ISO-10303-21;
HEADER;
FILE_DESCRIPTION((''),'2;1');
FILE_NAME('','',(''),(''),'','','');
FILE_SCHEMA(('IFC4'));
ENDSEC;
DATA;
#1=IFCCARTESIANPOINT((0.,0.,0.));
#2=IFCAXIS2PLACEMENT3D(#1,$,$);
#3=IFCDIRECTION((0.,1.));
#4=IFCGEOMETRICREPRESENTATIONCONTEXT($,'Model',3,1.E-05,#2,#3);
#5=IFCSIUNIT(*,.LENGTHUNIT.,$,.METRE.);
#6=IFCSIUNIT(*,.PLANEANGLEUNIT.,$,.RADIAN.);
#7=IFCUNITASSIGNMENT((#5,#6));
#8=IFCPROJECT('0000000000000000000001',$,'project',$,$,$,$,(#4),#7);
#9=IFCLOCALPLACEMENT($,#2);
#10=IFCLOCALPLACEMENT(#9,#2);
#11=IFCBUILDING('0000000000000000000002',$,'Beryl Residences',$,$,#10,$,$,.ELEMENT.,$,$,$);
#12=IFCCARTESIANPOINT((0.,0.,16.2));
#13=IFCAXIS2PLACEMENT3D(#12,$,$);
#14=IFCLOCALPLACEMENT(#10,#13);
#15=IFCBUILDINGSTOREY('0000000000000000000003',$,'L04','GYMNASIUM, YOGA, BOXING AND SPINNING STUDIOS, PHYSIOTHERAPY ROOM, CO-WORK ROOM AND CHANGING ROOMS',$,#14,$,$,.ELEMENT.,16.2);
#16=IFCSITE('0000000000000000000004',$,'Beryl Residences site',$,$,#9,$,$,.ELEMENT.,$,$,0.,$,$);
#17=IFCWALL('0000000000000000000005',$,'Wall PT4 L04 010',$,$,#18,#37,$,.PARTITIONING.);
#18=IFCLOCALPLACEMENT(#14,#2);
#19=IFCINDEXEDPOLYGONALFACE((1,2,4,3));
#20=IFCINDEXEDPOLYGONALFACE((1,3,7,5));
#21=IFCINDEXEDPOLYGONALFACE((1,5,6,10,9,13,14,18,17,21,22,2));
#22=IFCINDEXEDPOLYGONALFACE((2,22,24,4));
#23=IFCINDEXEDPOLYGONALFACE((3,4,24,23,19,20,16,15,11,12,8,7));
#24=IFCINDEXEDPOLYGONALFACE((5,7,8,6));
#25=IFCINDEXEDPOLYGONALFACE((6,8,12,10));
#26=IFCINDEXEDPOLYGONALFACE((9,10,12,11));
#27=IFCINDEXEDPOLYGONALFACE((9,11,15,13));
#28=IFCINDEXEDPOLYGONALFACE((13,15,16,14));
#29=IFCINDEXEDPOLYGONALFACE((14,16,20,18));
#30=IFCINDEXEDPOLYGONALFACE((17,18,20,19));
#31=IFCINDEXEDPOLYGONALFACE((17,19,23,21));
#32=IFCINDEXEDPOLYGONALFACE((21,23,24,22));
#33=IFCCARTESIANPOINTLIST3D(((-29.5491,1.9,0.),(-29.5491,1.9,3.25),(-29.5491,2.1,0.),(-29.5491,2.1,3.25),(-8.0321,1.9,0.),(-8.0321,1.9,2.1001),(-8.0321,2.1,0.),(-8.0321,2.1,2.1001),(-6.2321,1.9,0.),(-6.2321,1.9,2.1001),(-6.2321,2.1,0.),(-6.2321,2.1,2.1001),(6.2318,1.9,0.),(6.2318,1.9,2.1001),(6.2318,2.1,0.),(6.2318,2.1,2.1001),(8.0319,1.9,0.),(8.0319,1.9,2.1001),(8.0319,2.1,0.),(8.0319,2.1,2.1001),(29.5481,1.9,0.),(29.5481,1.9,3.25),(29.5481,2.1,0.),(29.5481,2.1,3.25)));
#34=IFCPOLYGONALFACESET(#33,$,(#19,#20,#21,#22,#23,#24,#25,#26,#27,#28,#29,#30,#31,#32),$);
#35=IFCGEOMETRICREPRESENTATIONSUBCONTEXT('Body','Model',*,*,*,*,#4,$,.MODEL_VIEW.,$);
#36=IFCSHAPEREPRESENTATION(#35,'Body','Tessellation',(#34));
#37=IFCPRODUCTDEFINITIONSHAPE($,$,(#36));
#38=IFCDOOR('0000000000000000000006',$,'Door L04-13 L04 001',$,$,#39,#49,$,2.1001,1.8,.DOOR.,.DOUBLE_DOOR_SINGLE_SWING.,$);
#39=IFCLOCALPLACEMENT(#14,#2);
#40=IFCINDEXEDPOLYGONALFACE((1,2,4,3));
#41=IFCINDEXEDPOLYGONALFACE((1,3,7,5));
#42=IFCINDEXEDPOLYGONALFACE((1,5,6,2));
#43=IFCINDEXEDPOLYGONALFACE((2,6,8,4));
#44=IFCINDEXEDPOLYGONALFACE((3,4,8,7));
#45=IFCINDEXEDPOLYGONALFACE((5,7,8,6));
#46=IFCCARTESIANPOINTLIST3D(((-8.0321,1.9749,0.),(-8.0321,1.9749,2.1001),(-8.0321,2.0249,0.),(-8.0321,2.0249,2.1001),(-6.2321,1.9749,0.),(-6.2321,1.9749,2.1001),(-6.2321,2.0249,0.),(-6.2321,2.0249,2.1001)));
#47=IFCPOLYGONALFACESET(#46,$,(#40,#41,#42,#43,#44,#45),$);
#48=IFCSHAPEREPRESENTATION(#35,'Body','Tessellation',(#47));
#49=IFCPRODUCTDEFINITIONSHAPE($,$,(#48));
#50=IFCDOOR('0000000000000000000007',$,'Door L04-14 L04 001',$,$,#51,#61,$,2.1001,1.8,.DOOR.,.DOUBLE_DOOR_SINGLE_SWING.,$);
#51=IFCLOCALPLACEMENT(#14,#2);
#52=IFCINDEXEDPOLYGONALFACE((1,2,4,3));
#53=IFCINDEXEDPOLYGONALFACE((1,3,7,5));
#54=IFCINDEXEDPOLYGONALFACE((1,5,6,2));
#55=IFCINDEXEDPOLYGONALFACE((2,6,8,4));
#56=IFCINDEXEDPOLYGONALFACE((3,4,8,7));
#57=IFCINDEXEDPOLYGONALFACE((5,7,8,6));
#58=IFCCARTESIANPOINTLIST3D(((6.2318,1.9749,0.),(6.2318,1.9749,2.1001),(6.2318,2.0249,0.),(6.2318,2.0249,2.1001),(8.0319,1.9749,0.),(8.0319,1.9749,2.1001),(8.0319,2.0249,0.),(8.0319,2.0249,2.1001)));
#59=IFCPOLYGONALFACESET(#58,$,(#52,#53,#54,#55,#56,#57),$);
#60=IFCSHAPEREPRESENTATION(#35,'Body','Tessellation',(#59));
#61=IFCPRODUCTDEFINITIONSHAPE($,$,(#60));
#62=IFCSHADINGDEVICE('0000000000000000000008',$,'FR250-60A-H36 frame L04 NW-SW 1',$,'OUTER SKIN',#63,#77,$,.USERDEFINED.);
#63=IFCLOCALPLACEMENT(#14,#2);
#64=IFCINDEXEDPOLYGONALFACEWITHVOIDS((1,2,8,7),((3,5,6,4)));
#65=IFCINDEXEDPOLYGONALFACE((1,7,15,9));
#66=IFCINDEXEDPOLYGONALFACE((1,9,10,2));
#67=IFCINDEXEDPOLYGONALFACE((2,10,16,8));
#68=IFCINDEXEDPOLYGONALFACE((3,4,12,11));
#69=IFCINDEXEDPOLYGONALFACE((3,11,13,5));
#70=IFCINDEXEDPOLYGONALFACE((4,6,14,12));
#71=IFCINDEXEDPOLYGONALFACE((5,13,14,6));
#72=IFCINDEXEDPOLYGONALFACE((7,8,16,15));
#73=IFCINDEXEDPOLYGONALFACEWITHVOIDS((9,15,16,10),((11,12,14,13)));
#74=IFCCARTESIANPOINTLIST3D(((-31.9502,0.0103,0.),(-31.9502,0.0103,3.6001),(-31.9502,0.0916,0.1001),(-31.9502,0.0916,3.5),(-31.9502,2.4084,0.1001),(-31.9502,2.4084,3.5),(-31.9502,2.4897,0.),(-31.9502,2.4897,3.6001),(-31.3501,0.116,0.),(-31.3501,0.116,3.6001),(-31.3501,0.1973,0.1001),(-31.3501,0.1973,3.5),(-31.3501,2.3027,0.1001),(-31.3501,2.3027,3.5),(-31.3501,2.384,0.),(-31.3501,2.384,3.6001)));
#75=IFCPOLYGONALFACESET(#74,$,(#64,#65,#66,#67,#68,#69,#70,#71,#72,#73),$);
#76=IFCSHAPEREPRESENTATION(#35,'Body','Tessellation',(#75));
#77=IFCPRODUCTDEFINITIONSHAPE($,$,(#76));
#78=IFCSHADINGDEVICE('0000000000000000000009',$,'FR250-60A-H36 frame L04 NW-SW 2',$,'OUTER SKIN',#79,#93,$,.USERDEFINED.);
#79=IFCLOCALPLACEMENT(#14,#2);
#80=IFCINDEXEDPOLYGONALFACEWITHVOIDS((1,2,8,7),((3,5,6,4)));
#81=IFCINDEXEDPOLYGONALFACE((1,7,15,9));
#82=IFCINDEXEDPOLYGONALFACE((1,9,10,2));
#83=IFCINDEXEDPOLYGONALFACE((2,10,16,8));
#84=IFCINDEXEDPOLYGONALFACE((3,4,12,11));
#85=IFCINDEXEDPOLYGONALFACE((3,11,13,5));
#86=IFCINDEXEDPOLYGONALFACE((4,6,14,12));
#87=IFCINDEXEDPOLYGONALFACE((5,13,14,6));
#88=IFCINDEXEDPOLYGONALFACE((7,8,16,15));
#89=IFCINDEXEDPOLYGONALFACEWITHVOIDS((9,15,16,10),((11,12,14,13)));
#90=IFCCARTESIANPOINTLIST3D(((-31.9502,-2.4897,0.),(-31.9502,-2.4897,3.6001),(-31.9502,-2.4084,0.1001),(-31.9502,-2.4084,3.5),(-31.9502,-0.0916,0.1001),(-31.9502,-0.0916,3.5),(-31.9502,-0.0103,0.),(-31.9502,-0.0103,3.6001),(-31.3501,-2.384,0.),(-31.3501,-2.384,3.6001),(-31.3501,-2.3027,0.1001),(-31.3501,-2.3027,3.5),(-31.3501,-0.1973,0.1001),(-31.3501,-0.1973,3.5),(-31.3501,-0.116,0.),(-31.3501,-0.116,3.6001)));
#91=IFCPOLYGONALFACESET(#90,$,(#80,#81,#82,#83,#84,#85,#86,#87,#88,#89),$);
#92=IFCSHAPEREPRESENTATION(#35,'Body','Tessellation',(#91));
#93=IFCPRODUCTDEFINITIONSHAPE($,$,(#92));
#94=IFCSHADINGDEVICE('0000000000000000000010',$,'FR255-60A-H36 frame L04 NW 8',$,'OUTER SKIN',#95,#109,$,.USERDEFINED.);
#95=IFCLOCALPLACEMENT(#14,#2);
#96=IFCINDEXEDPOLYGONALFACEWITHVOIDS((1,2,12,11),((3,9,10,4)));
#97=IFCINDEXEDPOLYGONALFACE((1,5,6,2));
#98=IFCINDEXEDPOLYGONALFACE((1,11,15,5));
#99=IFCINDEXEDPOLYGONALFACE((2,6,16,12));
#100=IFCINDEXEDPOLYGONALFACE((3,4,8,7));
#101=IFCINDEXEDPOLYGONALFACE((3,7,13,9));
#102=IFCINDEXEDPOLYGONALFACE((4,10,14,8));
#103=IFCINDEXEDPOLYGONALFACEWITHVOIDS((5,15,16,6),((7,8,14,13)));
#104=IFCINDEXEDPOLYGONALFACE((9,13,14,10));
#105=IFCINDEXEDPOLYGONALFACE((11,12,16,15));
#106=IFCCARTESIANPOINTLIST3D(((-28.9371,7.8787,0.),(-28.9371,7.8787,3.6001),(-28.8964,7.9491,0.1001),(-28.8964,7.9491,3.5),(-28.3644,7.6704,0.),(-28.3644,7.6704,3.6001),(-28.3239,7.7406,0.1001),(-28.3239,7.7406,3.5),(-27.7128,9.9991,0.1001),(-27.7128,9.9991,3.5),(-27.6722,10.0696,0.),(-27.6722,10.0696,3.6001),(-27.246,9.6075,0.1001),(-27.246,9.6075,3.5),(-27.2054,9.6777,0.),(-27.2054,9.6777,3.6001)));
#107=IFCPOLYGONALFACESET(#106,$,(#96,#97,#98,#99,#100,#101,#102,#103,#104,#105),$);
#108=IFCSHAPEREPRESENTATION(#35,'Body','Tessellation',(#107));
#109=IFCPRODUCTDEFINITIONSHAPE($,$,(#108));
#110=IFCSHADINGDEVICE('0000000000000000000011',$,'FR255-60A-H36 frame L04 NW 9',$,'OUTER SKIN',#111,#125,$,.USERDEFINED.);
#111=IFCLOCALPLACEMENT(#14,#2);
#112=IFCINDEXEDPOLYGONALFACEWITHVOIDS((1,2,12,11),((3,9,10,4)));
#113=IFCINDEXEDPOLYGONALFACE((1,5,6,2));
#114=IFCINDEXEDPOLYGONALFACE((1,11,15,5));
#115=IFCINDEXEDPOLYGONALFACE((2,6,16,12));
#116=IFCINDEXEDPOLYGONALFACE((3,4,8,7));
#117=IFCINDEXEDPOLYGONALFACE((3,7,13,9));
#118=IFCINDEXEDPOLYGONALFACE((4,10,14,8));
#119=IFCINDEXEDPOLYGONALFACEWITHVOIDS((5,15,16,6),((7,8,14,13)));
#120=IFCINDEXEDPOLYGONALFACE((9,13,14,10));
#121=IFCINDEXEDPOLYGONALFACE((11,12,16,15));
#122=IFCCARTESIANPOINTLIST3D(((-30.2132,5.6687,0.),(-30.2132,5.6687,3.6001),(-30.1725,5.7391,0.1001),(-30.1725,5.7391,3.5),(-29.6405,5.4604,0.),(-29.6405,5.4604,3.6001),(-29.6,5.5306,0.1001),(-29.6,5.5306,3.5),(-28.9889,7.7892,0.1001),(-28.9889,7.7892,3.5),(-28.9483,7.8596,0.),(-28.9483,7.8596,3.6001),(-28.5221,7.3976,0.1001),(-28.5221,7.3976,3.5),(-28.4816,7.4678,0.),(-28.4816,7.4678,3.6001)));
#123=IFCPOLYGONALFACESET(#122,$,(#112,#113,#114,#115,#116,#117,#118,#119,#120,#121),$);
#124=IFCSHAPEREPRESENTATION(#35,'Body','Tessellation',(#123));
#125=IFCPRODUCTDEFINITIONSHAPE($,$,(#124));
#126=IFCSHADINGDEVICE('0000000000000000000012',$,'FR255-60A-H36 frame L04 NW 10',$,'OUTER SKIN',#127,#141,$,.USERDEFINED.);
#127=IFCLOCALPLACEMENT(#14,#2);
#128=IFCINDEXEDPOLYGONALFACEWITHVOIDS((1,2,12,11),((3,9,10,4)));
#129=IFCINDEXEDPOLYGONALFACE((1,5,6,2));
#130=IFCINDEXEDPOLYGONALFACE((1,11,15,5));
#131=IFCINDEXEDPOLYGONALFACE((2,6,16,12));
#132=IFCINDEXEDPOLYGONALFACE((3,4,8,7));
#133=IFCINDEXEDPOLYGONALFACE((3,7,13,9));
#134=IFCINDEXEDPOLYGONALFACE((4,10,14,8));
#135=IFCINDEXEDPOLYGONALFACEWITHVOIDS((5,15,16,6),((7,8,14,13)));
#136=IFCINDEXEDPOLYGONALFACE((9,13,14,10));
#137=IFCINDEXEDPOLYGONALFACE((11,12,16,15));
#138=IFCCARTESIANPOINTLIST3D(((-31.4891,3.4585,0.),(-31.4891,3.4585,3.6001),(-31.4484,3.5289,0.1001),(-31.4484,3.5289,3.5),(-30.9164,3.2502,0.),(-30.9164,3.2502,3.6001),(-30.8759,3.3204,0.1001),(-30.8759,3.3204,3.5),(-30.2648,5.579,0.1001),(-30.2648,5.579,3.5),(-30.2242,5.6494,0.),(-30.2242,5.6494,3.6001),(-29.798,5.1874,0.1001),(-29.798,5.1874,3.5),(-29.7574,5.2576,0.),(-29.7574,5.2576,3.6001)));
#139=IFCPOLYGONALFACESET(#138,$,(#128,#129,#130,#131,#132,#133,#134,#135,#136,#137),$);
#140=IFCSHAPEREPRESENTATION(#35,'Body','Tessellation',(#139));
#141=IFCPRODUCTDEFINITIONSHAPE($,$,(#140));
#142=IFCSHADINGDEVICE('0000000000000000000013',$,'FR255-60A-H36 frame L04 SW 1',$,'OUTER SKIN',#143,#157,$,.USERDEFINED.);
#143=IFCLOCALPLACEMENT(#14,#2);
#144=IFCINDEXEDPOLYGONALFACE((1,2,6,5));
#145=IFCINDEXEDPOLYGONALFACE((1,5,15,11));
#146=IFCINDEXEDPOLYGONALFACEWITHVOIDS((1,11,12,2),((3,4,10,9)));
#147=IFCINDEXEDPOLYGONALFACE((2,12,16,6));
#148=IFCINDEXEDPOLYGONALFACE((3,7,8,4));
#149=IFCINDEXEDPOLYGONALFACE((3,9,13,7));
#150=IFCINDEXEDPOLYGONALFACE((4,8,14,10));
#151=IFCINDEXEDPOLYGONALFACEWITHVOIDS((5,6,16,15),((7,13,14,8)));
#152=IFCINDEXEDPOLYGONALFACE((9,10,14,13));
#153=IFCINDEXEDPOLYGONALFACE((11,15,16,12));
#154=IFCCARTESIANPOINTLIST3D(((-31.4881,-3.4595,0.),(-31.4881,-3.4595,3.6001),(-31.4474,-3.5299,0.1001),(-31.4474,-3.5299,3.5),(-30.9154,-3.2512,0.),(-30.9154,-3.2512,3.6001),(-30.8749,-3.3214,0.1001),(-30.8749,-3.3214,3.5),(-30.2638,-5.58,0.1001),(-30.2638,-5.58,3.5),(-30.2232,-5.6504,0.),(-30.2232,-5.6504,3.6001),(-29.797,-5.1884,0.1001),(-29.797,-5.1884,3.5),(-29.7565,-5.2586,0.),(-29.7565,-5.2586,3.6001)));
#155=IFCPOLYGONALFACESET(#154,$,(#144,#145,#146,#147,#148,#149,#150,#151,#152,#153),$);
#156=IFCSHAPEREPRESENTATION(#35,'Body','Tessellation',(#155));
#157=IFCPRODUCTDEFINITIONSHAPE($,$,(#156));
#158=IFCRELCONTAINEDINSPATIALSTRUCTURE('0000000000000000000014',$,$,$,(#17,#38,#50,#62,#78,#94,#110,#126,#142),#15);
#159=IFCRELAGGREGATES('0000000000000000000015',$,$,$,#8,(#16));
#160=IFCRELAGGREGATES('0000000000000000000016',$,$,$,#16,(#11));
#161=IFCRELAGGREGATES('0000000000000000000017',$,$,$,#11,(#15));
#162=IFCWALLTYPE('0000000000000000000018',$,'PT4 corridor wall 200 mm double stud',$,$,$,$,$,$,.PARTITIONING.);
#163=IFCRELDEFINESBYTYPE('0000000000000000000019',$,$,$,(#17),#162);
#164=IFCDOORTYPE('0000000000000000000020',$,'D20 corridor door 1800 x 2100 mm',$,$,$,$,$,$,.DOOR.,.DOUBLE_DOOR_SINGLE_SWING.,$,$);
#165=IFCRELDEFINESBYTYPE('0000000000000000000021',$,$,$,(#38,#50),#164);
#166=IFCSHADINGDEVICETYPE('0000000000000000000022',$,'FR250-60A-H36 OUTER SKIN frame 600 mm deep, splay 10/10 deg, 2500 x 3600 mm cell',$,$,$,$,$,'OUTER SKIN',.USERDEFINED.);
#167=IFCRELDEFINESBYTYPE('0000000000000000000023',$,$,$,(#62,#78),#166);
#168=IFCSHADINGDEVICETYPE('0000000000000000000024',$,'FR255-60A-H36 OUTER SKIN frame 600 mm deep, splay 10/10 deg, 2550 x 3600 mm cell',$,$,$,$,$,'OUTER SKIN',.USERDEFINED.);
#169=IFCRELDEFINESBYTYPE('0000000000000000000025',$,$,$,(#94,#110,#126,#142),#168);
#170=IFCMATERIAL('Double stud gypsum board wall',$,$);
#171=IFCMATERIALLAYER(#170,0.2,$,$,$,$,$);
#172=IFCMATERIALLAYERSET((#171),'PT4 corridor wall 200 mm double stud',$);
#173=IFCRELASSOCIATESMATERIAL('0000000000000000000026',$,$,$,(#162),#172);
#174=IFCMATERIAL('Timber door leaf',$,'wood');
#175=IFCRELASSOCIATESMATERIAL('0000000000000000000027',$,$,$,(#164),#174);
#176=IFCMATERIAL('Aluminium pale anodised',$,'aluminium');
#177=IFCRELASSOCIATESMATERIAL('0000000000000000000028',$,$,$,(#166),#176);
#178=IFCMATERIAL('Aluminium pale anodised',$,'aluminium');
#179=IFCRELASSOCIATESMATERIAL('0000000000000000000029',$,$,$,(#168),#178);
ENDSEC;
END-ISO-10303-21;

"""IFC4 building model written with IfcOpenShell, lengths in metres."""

from ifc_helpers import new_model, entity, si_unit, direction, frame, frame_2d, origin, place, context, subcontext, project, spatial, rectangle, extrude, source, transform, mapped, material, layer, layer_set, type_object, type_shapes, element, fill, save


model = new_model("IFC4")

# Units and contexts
model_context = context("Model", 3, precision=1e-05, world=origin(), true_north=direction((0.0, 1.0)))
body_context = subcontext(model_context, "Body", "Model", "MODEL_VIEW")
ifc_project = project(units=[si_unit("LENGTHUNIT", "METRE"), si_unit("PLANEANGLEUNIT", "RADIAN")], contexts=[model_context])

# Site, building, storey
site_placement = place(None, origin())
site = spatial("IfcSite", under=ifc_project, at=site_placement, Name="Beryl Residences site", CompositionType="ELEMENT", RefElevation=0.0)
building_placement = place(site_placement, origin())
building = spatial("IfcBuilding", under=site, at=building_placement, Name="Beryl Residences", CompositionType="ELEMENT")
storey_placement = place(building_placement, frame((0.0, 0.0, 16.2)))
storey = spatial("IfcBuildingStorey", under=building, at=storey_placement, Name="L04", Description="GYMNASIUM, YOGA, BOXING AND SPINNING STUDIOS, PHYSIOTHERAPY ROOM, CO-WORK ROOM AND CHANGING ROOMS", CompositionType="ELEMENT", Elevation=16.2)

# Shared definitions
ifc_material_1 = material(Name="Double stud gypsum board wall")
ifc_layer_1 = layer(ifc_material_1, 0.2)
ifc_layer_set_1 = layer_set([ifc_layer_1], Name="PT4 corridor wall 200 mm double stud")
wall_type_1 = type_object("IfcWallType", Name="PT4 corridor wall 200 mm double stud", PredefinedType="PARTITIONING", material=ifc_layer_set_1)

# Wall, openings, doors
wall_1_placement = place(storey_placement, frame((-29.5491, 2.0, 0.0), z_axis=(0.0, 0.0, 1.0), x_axis=(1.0, 0.0, 0.0)))
wall_1 = element("IfcWall", 1, at=wall_1_placement, inside=storey, type_object=wall_type_1, Name="Wall PT4 L04 010", PredefinedType="PARTITIONING", context=body_context, shape_type="SweptSolid", body=[
    extrude(rectangle(XDim=59.0972, YDim=0.2, at=frame_2d((29.5486, 0.0))), origin(), (0.0, 0.0, 1.0), 3.25),
])
opening_1_placement = place(wall_1_placement, frame((21.5171, 0.0, 0.0)))
opening_1 = element("IfcOpeningElement", 2, at=opening_1_placement, cuts=wall_1, PredefinedType="OPENING", context=body_context, shape_type="SweptSolid", body=[
    extrude(rectangle(XDim=1.8, YDim=2.1001, at=frame_2d((0.8999, 1.05))), frame((0.0, 0.1099, 0.0), z_axis=(0.0, -1.0, 0.0), x_axis=(1.0, 0.0, 0.0)), (0.0, 0.0, 1.0), 0.22),
])
opening_2_placement = place(wall_1_placement, frame((35.781, 0.0, 0.0)))
opening_2 = element("IfcOpeningElement", 3, at=opening_2_placement, cuts=wall_1, PredefinedType="OPENING", context=body_context, shape_type="SweptSolid", body=[
    extrude(rectangle(XDim=1.8, YDim=2.1001, at=frame_2d((0.8999, 1.05))), frame((0.0, 0.1099, 0.0), z_axis=(0.0, -1.0, 0.0), x_axis=(1.0, 0.0, 0.0)), (0.0, 0.0, 1.0), 0.22),
])
ifc_material_2 = material(Name="Timber door leaf", Category="wood")
door_type = type_object("IfcDoorType", Name="D20 corridor door 1800 x 2100 mm", OperationType="DOUBLE_DOOR_SINGLE_SWING", PredefinedType="DOOR", material=ifc_material_2)
door_1_placement = place(opening_1_placement, origin())
door_1 = element("IfcDoor", 4, at=door_1_placement, inside=storey, type_object=door_type, Name="Door L04-13 L04 001", OperationType="DOUBLE_DOOR_SINGLE_SWING", OverallHeight=2.1001, OverallWidth=1.8, PredefinedType="DOOR", context=body_context, shape_type="SweptSolid", body=[
    extrude(rectangle(XDim=1.8, YDim=2.1001, at=frame_2d((0.8999, 1.05))), frame((0.0, 0.0249, 0.0), z_axis=(0.0, -1.0, 0.0), x_axis=(1.0, 0.0, 0.0)), (0.0, 0.0, 1.0), 0.05),
])
fill(opening_1, door_1)
door_2_placement = place(opening_2_placement, origin())
door_2 = element("IfcDoor", 5, at=door_2_placement, inside=storey, type_object=door_type, Name="Door L04-14 L04 001", OperationType="DOUBLE_DOOR_SINGLE_SWING", OverallHeight=2.1001, OverallWidth=1.8, PredefinedType="DOOR", context=body_context, shape_type="SweptSolid", body=[
    extrude(rectangle(XDim=1.8, YDim=2.1001, at=frame_2d((0.8999, 1.05))), frame((0.0, 0.0249, 0.0), z_axis=(0.0, -1.0, 0.0), x_axis=(1.0, 0.0, 0.0)), (0.0, 0.0, 1.0), 0.05),
])
fill(opening_2, door_2)

# Shading devices
ifc_material_3 = material(Name="Aluminium pale anodised", Category="aluminium")
shading_device_type_1 = type_object("IfcShadingDeviceType", Name="FR250-60A-H36 OUTER SKIN frame 600 mm deep, splay 10/10 deg, 2500 x 3600 mm cell", ElementType="OUTER SKIN", PredefinedType="USERDEFINED", material=ifc_material_3)
cartesian_point_1 = entity("IfcCartesianPoint", [-1.134, 0.0])
cartesian_point_2 = entity("IfcCartesianPoint", [-1.0527, 0.1001])
cartesian_point_3 = entity("IfcCartesianPoint", [-1.2397, 0.0])
cartesian_point_4 = entity("IfcCartesianPoint", [-1.1584, 0.1001])
shared_shape_1 = source(origin(), body_context, "Body", "SweptSolid", [
    entity("IfcExtrudedAreaSolidTapered", entity("IfcArbitraryProfileDefWithVoids", "AREA", None, entity("IfcPolyline", [cartesian_point_1, entity("IfcCartesianPoint", [1.134, 0.0]), entity("IfcCartesianPoint", [1.134, 3.6001]), entity("IfcCartesianPoint", [-1.134, 3.6001]), cartesian_point_1]), [entity("IfcPolyline", [cartesian_point_2, entity("IfcCartesianPoint", [1.0527, 0.1001]), entity("IfcCartesianPoint", [1.0527, 3.5]), entity("IfcCartesianPoint", [-1.0527, 3.5]), cartesian_point_2])]), entity("IfcAxis2Placement3D", entity("IfcCartesianPoint", [0.0, 0.0, 0.0]), entity("IfcDirection", [0.0, 1.0, 0.0]), entity("IfcDirection", [-1.0, 0.0, 0.0])), entity("IfcDirection", [0.0, 0.0, 1.0]), 0.6001, entity("IfcArbitraryProfileDefWithVoids", "AREA", None, entity("IfcPolyline", [cartesian_point_3, entity("IfcCartesianPoint", [1.2397, 0.0]), entity("IfcCartesianPoint", [1.2397, 3.6001]), entity("IfcCartesianPoint", [-1.2397, 3.6001]), cartesian_point_3]), [entity("IfcPolyline", [cartesian_point_4, entity("IfcCartesianPoint", [1.1584, 0.1001]), entity("IfcCartesianPoint", [1.1584, 3.5]), entity("IfcCartesianPoint", [-1.1584, 3.5]), cartesian_point_4])])),
])
type_shapes(shading_device_type_1, [shared_shape_1])
for number, where, z_axis, x_axis, name in (
    (6, (-31.3501, 1.25, 0.0), (0.0, 0.0, 1.0), (0.0, 1.0, 0.0), "FR250-60A-H36 frame L04 NW-SW 1"),
    (7, (-31.3501, -1.25, 0.0), (0.0, 0.0, 1.0), (0.0, 1.0, 0.0), "FR250-60A-H36 frame L04 NW-SW 2"),
):
    element("IfcShadingDevice", number, at=place(storey_placement, frame(where, z_axis=z_axis, x_axis=x_axis)), inside=storey, type_object=shading_device_type_1, Name=name, ObjectType="OUTER SKIN", PredefinedType="USERDEFINED", context=body_context, shape_type="MappedRepresentation", body=[
        mapped(shared_shape_1, transform((0.0, 0.0, 0.0))),
    ])
ifc_material_4 = material(Name="Aluminium pale anodised", Category="aluminium")
shading_device_type_2 = type_object("IfcShadingDeviceType", Name="FR255-60A-H36 OUTER SKIN frame 600 mm deep, splay 10/10 deg, 2550 x 3600 mm cell", ElementType="OUTER SKIN", PredefinedType="USERDEFINED", material=ifc_material_4)
cartesian_point_5 = entity("IfcCartesianPoint", [-1.1589, 0.0])
cartesian_point_6 = entity("IfcCartesianPoint", [-1.0779, 0.1001])
cartesian_point_7 = entity("IfcCartesianPoint", [-1.2649, 0.0])
cartesian_point_8 = entity("IfcCartesianPoint", [-1.1836, 0.1001])
shared_shape_2 = source(origin(), body_context, "Body", "SweptSolid", [
    entity("IfcExtrudedAreaSolidTapered", entity("IfcArbitraryProfileDefWithVoids", "AREA", None, entity("IfcPolyline", [cartesian_point_5, entity("IfcCartesianPoint", [1.1589, 0.0]), entity("IfcCartesianPoint", [1.1589, 3.6001]), entity("IfcCartesianPoint", [-1.1589, 3.6001]), cartesian_point_5]), [entity("IfcPolyline", [cartesian_point_6, entity("IfcCartesianPoint", [1.0779, 0.1001]), entity("IfcCartesianPoint", [1.0779, 3.5]), entity("IfcCartesianPoint", [-1.0779, 3.5]), cartesian_point_6])]), entity("IfcAxis2Placement3D", entity("IfcCartesianPoint", [0.0, 0.0, 0.0]), entity("IfcDirection", [0.0, 1.0, 0.0]), entity("IfcDirection", [-1.0, 0.0, 0.0])), entity("IfcDirection", [0.0, 0.0, 1.0]), 0.6001, entity("IfcArbitraryProfileDefWithVoids", "AREA", None, entity("IfcPolyline", [cartesian_point_7, entity("IfcCartesianPoint", [1.2649, 0.0]), entity("IfcCartesianPoint", [1.2649, 3.6001]), entity("IfcCartesianPoint", [-1.2649, 3.6001]), cartesian_point_7]), [entity("IfcPolyline", [cartesian_point_8, entity("IfcCartesianPoint", [1.1836, 0.1001]), entity("IfcCartesianPoint", [1.1836, 3.5]), entity("IfcCartesianPoint", [-1.1836, 3.5]), cartesian_point_8])])),
])
type_shapes(shading_device_type_2, [shared_shape_2])
for number, where, z_axis, x_axis, name in (
    (8, (-27.7849, 8.6741, 0.0), (0.0, 0.0, 1.0), (0.5, 0.866025, 0.0), "FR255-60A-H36 frame L04 NW 8"),
    (9, (-29.061, 6.4641, 0.0), (0.0, 0.0, 1.0), (0.5, 0.866025, 0.0), "FR255-60A-H36 frame L04 NW 9"),
    (10, (-30.3369, 4.2539, 0.0), (0.0, 0.0, 1.0), (0.5, 0.866025, 0.0), "FR255-60A-H36 frame L04 NW 10"),
    (11, (-30.3359, -4.2549, 0.0), (0.0, 0.0, 1.0), (-0.5, 0.866025, 0.0), "FR255-60A-H36 frame L04 SW 1"),
):
    element("IfcShadingDevice", number, at=place(storey_placement, frame(where, z_axis=z_axis, x_axis=x_axis)), inside=storey, type_object=shading_device_type_2, Name=name, ObjectType="OUTER SKIN", PredefinedType="USERDEFINED", context=body_context, shape_type="MappedRepresentation", body=[
        mapped(shared_shape_2, transform((0.0, 0.0, 0.0))),
    ])

save(model, "model.ifc")
